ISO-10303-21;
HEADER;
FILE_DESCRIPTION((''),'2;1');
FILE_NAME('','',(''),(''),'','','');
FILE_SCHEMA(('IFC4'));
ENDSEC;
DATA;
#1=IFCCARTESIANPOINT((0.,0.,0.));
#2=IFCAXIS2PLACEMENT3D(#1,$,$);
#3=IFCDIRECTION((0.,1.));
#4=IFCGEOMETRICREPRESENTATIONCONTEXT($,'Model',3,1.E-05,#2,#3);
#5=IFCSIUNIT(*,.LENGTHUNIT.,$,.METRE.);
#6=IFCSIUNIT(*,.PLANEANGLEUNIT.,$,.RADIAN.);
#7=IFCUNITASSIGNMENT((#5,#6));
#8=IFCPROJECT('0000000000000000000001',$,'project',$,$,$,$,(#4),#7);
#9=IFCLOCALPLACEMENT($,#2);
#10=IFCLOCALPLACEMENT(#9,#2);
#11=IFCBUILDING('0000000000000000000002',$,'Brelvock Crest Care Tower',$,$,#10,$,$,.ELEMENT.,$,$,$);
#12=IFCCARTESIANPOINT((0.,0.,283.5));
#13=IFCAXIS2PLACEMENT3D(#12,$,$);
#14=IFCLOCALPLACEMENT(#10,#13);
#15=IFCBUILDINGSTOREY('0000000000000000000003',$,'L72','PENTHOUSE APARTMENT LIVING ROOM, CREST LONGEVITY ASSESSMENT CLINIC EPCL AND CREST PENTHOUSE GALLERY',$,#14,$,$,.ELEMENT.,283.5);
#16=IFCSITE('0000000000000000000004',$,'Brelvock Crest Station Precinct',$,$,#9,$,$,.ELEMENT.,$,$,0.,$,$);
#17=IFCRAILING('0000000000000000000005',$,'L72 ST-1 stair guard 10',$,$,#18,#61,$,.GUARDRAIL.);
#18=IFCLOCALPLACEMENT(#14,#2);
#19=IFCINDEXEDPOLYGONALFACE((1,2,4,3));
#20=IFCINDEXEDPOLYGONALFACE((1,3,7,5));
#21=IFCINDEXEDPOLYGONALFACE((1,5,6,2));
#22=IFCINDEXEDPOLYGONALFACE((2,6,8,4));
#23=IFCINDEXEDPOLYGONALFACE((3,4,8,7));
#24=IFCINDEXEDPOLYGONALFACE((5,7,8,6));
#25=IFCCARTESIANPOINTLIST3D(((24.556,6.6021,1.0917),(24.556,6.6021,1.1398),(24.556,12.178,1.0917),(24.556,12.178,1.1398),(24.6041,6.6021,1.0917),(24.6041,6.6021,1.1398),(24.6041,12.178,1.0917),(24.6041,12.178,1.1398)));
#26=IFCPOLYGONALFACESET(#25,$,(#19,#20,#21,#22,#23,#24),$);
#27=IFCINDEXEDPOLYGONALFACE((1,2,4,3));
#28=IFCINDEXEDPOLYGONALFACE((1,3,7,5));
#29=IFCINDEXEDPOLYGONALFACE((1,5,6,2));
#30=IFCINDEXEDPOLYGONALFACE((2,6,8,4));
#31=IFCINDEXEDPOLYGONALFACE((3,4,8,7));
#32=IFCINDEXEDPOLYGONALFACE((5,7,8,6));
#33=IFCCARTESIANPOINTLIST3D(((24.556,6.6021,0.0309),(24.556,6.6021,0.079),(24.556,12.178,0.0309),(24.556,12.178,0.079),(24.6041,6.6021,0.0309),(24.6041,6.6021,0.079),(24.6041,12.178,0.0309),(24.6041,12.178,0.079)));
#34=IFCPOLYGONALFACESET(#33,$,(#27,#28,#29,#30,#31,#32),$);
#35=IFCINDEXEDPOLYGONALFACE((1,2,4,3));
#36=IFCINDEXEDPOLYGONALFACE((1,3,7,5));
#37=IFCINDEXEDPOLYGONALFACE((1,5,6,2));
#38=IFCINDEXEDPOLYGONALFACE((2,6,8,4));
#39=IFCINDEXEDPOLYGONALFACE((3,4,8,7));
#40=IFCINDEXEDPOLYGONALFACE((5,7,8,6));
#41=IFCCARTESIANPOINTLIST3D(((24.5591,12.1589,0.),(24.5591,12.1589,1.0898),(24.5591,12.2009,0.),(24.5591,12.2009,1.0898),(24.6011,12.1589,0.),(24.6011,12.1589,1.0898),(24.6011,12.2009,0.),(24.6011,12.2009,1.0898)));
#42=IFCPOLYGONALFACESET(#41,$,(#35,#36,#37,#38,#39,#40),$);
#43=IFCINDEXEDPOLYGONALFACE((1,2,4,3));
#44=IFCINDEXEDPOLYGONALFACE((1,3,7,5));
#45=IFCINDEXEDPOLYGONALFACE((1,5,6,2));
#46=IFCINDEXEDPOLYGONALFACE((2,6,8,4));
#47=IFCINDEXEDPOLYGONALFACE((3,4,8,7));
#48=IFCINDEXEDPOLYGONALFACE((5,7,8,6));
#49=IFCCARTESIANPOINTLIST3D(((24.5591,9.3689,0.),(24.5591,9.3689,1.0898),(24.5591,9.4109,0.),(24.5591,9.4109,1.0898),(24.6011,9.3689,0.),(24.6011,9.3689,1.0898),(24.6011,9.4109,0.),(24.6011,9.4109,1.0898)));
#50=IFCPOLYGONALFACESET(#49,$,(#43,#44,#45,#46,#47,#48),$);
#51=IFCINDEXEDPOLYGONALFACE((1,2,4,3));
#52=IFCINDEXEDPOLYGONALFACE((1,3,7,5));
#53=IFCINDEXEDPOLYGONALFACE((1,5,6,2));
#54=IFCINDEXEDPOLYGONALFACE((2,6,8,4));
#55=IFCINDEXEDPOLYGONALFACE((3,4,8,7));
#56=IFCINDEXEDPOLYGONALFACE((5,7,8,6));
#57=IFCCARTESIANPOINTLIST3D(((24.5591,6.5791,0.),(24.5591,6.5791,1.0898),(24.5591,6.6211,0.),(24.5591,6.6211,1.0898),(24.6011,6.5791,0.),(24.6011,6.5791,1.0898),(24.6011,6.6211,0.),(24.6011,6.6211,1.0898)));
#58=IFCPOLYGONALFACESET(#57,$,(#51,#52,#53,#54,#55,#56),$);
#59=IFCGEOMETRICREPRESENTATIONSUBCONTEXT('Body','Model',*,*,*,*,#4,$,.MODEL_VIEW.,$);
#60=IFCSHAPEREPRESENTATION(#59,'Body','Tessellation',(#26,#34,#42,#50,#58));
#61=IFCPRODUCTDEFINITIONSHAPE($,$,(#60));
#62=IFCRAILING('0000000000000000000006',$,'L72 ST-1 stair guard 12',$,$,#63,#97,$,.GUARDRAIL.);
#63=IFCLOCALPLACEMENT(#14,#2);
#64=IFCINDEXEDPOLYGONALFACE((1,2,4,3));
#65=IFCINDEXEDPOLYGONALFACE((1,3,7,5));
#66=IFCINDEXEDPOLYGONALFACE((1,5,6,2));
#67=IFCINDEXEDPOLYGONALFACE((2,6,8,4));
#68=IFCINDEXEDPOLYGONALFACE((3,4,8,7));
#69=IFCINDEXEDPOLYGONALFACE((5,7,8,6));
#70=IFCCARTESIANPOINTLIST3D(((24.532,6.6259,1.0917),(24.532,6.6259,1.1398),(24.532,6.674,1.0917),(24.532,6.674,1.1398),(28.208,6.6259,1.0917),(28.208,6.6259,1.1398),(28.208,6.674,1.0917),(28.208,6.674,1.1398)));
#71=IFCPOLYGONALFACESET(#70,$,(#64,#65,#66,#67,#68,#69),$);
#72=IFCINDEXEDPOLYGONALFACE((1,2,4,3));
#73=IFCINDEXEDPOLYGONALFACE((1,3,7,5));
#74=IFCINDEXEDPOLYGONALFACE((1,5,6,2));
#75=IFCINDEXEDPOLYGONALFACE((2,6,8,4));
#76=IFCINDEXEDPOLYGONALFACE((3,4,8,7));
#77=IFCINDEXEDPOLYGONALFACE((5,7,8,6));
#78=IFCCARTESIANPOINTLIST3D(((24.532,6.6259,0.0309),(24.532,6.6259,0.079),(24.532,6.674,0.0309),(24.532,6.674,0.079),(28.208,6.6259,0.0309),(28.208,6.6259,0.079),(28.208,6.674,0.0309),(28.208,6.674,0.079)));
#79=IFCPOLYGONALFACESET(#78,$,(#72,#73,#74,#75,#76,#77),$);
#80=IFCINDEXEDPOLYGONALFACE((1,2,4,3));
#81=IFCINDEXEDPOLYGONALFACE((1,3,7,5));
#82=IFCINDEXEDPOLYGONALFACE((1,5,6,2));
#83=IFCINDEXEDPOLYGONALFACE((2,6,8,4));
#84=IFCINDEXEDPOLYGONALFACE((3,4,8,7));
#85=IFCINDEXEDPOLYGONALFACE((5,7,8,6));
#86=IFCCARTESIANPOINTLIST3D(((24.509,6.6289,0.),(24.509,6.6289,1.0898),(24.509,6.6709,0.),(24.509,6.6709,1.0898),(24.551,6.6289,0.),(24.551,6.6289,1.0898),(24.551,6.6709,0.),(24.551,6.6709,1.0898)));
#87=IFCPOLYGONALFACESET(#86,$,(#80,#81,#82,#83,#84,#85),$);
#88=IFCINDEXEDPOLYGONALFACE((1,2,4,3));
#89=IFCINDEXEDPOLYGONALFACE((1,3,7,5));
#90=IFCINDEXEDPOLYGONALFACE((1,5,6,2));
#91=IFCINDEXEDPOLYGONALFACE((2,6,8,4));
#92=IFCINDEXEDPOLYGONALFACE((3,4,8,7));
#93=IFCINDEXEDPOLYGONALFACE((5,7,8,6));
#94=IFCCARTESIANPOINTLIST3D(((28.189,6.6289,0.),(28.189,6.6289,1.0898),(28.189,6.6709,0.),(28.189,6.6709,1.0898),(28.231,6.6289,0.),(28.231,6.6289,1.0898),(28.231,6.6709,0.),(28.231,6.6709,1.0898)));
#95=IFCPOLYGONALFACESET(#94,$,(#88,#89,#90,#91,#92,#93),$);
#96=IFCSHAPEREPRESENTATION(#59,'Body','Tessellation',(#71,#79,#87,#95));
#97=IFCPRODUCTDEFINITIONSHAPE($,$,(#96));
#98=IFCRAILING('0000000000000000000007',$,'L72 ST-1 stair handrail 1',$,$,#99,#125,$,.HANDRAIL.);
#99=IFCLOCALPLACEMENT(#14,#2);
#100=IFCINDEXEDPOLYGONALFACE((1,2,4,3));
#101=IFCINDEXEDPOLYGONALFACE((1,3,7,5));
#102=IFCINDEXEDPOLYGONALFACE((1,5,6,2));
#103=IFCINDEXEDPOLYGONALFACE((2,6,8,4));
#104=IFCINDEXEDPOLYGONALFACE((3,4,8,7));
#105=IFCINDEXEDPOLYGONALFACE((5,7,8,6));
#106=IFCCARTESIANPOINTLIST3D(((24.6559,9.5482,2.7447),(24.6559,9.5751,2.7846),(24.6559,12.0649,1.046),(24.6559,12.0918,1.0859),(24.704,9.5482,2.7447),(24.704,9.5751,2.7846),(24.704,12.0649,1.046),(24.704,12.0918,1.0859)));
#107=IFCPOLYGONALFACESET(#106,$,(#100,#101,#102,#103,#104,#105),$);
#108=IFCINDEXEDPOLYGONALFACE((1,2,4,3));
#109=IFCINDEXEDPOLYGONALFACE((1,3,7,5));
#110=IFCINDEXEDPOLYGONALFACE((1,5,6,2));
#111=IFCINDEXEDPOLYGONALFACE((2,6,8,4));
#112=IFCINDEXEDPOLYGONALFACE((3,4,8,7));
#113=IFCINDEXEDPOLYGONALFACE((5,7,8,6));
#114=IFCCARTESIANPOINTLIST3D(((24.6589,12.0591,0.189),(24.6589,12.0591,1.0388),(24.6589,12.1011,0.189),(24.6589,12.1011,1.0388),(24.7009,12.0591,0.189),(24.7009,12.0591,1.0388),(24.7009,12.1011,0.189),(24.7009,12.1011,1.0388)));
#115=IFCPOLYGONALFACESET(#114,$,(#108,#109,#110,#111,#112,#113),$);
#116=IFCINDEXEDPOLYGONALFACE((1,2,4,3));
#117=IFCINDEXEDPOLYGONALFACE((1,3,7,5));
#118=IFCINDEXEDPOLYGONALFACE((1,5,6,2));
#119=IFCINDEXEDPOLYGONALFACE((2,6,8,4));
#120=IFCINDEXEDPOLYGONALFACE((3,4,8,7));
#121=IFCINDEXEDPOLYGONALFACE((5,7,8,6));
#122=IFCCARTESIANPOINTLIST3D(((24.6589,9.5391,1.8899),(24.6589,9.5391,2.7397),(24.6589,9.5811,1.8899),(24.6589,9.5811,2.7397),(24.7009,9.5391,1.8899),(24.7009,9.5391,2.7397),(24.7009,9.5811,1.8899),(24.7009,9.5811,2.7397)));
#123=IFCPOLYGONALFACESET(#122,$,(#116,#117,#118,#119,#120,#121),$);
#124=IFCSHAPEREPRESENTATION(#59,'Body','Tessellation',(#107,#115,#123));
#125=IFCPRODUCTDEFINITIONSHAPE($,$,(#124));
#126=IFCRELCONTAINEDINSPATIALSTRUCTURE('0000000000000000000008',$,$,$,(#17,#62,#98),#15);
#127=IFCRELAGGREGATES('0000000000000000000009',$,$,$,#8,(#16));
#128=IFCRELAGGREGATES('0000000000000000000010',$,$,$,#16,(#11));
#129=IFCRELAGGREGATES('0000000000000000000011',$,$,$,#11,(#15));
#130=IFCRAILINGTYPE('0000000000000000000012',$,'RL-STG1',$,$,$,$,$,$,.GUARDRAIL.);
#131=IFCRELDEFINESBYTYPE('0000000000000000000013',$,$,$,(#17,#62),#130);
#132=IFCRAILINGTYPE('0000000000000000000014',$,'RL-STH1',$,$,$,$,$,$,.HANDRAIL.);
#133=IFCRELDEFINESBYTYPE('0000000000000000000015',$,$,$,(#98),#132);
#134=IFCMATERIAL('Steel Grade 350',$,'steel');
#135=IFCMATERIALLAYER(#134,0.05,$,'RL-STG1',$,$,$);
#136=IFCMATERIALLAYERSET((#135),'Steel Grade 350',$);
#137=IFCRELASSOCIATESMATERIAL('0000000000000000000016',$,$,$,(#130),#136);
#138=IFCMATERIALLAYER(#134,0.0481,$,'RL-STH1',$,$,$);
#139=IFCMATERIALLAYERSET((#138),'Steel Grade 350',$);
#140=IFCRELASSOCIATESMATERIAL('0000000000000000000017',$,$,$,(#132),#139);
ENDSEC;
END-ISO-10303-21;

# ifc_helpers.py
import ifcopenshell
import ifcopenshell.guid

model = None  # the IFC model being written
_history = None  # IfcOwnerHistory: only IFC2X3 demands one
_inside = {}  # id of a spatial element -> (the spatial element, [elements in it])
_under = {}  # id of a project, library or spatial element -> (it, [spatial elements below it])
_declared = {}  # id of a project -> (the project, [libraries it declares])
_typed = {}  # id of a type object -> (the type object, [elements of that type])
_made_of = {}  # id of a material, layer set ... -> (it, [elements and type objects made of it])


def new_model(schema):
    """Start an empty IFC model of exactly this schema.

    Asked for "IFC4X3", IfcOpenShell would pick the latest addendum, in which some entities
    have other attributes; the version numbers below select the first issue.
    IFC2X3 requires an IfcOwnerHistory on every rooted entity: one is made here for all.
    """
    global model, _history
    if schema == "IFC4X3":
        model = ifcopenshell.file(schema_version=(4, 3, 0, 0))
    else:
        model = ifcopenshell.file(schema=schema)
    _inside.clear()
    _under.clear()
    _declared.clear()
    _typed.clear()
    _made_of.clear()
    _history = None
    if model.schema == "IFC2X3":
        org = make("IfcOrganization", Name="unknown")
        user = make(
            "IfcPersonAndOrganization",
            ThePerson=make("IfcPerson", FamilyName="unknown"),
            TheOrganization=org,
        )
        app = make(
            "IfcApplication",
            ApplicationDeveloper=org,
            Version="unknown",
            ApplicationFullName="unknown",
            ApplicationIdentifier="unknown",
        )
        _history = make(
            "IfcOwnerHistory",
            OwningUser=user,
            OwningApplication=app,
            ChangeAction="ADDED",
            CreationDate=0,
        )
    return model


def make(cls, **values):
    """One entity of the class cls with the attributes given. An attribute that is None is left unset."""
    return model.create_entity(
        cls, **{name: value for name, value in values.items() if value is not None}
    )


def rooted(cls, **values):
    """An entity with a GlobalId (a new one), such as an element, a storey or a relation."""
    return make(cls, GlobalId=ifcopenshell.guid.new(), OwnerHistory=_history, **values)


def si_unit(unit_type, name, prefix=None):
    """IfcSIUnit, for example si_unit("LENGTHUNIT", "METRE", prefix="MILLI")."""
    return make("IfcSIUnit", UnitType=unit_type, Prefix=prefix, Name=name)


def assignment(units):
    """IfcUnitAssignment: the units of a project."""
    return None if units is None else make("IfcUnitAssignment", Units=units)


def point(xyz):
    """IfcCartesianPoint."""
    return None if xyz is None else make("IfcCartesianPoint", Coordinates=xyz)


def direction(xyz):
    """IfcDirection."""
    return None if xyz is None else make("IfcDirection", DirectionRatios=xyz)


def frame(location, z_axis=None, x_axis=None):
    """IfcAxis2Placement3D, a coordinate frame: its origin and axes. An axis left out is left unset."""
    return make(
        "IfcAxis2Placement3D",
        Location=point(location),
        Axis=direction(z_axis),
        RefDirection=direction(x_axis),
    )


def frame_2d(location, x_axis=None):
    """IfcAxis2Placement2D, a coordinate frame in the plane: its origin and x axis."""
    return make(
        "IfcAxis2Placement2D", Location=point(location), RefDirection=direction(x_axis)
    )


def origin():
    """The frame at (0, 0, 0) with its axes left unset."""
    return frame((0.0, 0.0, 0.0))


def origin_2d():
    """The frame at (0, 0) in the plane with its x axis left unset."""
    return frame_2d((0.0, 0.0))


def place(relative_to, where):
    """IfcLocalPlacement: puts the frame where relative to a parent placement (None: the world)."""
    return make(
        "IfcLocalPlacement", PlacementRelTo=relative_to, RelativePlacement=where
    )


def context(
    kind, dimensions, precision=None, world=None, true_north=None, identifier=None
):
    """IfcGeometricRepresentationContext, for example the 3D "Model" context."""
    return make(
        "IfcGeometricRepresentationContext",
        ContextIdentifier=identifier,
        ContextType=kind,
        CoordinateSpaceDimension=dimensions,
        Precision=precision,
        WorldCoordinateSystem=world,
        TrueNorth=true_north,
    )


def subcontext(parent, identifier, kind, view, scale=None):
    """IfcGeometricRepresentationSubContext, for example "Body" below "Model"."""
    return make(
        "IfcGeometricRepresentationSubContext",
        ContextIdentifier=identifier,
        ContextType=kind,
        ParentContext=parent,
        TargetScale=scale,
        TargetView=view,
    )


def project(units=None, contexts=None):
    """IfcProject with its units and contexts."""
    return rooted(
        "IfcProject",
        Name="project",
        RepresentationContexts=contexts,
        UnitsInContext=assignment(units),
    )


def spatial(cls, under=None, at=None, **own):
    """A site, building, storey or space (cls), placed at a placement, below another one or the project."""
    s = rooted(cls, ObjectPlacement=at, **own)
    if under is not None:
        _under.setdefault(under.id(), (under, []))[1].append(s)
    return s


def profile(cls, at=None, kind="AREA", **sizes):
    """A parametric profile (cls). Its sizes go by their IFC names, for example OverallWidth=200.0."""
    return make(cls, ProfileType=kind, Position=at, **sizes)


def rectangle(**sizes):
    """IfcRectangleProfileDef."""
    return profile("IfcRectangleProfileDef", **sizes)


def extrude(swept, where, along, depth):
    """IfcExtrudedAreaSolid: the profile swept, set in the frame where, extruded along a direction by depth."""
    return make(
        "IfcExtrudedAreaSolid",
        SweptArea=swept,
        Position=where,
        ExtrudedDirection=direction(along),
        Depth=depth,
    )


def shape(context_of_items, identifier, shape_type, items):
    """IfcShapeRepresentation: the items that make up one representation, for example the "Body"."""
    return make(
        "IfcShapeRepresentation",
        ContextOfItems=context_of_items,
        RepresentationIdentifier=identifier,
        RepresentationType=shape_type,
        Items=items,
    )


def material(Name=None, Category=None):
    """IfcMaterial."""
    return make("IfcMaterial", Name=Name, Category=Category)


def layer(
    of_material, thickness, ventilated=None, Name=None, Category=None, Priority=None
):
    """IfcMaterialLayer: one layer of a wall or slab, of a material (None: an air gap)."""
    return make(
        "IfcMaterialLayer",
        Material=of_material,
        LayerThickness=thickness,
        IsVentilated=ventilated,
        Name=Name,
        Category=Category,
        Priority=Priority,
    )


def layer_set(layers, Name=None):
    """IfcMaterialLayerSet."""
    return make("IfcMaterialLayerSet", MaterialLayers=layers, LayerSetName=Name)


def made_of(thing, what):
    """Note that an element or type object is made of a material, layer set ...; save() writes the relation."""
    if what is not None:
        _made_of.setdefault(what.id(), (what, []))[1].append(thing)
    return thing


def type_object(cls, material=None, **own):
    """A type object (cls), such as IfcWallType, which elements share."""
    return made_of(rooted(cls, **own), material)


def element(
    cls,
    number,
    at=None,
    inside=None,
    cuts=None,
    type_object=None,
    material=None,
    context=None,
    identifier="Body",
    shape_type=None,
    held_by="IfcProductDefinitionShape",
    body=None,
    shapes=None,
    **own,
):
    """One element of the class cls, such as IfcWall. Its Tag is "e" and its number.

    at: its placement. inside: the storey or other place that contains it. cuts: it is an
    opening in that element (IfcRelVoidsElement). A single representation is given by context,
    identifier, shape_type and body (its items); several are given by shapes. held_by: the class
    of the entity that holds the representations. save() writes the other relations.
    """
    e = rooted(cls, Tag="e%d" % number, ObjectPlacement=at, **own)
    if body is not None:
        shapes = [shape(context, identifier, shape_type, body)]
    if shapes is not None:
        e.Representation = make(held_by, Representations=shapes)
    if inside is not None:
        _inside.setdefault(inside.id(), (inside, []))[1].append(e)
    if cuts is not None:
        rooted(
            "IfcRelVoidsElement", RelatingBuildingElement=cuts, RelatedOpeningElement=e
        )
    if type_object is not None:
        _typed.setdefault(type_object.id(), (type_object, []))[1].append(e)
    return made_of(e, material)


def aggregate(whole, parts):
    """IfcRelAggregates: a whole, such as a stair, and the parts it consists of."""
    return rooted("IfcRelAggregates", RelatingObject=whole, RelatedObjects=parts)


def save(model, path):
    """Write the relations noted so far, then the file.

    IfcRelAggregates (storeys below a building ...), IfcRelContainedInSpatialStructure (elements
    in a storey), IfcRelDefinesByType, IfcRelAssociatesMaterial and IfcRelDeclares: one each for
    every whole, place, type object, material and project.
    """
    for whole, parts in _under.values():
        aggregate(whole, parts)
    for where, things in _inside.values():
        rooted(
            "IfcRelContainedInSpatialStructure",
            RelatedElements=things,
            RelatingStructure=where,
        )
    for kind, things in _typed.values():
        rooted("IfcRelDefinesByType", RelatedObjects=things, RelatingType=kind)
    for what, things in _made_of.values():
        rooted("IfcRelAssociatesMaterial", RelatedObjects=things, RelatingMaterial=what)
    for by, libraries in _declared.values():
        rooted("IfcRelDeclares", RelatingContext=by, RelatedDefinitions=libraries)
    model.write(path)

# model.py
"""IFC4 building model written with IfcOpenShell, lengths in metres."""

from ifc_helpers import new_model, si_unit, direction, frame, origin, origin_2d, place, context, subcontext, project, spatial, rectangle, extrude, material, layer, layer_set, type_object, element, save


model = new_model("IFC4")

# Units and contexts
model_context = context("Model", 3, precision=1e-05, world=origin(), true_north=direction((0.0, 1.0)))
body_context = subcontext(model_context, "Body", "Model", "MODEL_VIEW")
ifc_project = project(units=[si_unit("LENGTHUNIT", "METRE"), si_unit("PLANEANGLEUNIT", "RADIAN")], contexts=[model_context])

# Site, building, storey
site_placement = place(None, origin())
site = spatial("IfcSite", under=ifc_project, at=site_placement, Name="Brelvock Crest Station Precinct", CompositionType="ELEMENT", RefElevation=0.0)
building_placement = place(site_placement, origin())
building = spatial("IfcBuilding", under=site, at=building_placement, Name="Brelvock Crest Care Tower", CompositionType="ELEMENT")
storey_placement = place(building_placement, frame((0.0, 0.0, 283.5)))
storey = spatial("IfcBuildingStorey", under=building, at=storey_placement, Name="L72", Description="PENTHOUSE APARTMENT LIVING ROOM, CREST LONGEVITY ASSESSMENT CLINIC EPCL AND CREST PENTHOUSE GALLERY", CompositionType="ELEMENT", Elevation=283.5)

# Shared definitions
ifc_material_1 = material(Name="Steel Grade 350", Category="steel")

# Railings
ifc_layer_1 = layer(ifc_material_1, 0.05, Name="RL-STG1")
ifc_layer_set_1 = layer_set([ifc_layer_1], Name="Steel Grade 350")
railing_type_1 = type_object("IfcRailingType", Name="RL-STG1", PredefinedType="GUARDRAIL", material=ifc_layer_set_1)
railing_1_placement = place(storey_placement, frame((24.5801, 12.1799, 0.0)))
element("IfcRailing", 1, at=railing_1_placement, inside=storey, type_object=railing_type_1, Name="L72 ST-1 stair guard 10", PredefinedType="GUARDRAIL", context=body_context, shape_type="SweptSolid", body=[
    extrude(rectangle(XDim=0.0481, YDim=0.0481, at=origin_2d()), frame((0.0, -0.002, 1.1157), z_axis=(0.0, -1.0, 0.0), x_axis=(1.0, 0.0, 0.0)), (0.0, 0.0, 1.0), 5.5759),
    extrude(rectangle(XDim=0.0481, YDim=0.0481, at=origin_2d()), frame((0.0, -0.002, 0.0549), z_axis=(0.0, -1.0, 0.0), x_axis=(1.0, 0.0, 0.0)), (0.0, 0.0, 1.0), 5.5759),
    extrude(rectangle(XDim=0.042, YDim=0.042, at=origin_2d()), origin(), (0.0, 0.0, 1.0), 1.0898),
    extrude(rectangle(XDim=0.042, YDim=0.042, at=origin_2d()), frame((0.0, -2.79, 0.0)), (0.0, 0.0, 1.0), 1.0898),
    extrude(rectangle(XDim=0.042, YDim=0.042, at=origin_2d()), frame((0.0, -5.5798, 0.0)), (0.0, 0.0, 1.0), 1.0898),
])
railing_2_placement = place(storey_placement, frame((24.53, 6.6499, 0.0)))
element("IfcRailing", 2, at=railing_2_placement, inside=storey, type_object=railing_type_1, Name="L72 ST-1 stair guard 12", PredefinedType="GUARDRAIL", context=body_context, shape_type="SweptSolid", body=[
    extrude(rectangle(XDim=0.0481, YDim=0.0481, at=origin_2d()), frame((0.002, 0.0, 1.1157), z_axis=(1.0, 0.0, 0.0), x_axis=(0.0, 1.0, 0.0)), (0.0, 0.0, 1.0), 3.676),
    extrude(rectangle(XDim=0.0481, YDim=0.0481, at=origin_2d()), frame((0.002, 0.0, 0.0549), z_axis=(1.0, 0.0, 0.0), x_axis=(0.0, 1.0, 0.0)), (0.0, 0.0, 1.0), 3.676),
    extrude(rectangle(XDim=0.042, YDim=0.042, at=origin_2d()), origin(), (0.0, 0.0, 1.0), 1.0898),
    extrude(rectangle(XDim=0.042, YDim=0.042, at=origin_2d()), frame((3.6799, 0.0, 0.0)), (0.0, 0.0, 1.0), 1.0898),
])
ifc_layer_2 = layer(ifc_material_1, 0.0481, Name="RL-STH1")
ifc_layer_set_2 = layer_set([ifc_layer_2], Name="Steel Grade 350")
railing_type_2 = type_object("IfcRailingType", Name="RL-STH1", PredefinedType="HANDRAIL", material=ifc_layer_set_2)
railing_3_placement = place(storey_placement, frame((24.6799, 12.0801, 0.189)))
element("IfcRailing", 3, at=railing_3_placement, inside=storey, type_object=railing_type_2, Name="L72 ST-1 stair handrail 1", PredefinedType="HANDRAIL", context=body_context, shape_type="SweptSolid", body=[
    extrude(rectangle(XDim=0.0481, YDim=0.0481, at=origin_2d()), frame((0.0, -0.0017, 0.877), z_axis=(0.0, -0.828862, 0.559454), x_axis=(1.0, 0.0, 0.0)), (0.0, 0.0, 1.0), 3.0364),
    extrude(rectangle(XDim=0.042, YDim=0.042, at=origin_2d()), origin(), (0.0, 0.0, 1.0), 0.8499),
    extrude(rectangle(XDim=0.042, YDim=0.042, at=origin_2d()), frame((0.0, -2.52, 1.7009)), (0.0, 0.0, 1.0), 0.8499),
])

save(model, "model.ifc")
